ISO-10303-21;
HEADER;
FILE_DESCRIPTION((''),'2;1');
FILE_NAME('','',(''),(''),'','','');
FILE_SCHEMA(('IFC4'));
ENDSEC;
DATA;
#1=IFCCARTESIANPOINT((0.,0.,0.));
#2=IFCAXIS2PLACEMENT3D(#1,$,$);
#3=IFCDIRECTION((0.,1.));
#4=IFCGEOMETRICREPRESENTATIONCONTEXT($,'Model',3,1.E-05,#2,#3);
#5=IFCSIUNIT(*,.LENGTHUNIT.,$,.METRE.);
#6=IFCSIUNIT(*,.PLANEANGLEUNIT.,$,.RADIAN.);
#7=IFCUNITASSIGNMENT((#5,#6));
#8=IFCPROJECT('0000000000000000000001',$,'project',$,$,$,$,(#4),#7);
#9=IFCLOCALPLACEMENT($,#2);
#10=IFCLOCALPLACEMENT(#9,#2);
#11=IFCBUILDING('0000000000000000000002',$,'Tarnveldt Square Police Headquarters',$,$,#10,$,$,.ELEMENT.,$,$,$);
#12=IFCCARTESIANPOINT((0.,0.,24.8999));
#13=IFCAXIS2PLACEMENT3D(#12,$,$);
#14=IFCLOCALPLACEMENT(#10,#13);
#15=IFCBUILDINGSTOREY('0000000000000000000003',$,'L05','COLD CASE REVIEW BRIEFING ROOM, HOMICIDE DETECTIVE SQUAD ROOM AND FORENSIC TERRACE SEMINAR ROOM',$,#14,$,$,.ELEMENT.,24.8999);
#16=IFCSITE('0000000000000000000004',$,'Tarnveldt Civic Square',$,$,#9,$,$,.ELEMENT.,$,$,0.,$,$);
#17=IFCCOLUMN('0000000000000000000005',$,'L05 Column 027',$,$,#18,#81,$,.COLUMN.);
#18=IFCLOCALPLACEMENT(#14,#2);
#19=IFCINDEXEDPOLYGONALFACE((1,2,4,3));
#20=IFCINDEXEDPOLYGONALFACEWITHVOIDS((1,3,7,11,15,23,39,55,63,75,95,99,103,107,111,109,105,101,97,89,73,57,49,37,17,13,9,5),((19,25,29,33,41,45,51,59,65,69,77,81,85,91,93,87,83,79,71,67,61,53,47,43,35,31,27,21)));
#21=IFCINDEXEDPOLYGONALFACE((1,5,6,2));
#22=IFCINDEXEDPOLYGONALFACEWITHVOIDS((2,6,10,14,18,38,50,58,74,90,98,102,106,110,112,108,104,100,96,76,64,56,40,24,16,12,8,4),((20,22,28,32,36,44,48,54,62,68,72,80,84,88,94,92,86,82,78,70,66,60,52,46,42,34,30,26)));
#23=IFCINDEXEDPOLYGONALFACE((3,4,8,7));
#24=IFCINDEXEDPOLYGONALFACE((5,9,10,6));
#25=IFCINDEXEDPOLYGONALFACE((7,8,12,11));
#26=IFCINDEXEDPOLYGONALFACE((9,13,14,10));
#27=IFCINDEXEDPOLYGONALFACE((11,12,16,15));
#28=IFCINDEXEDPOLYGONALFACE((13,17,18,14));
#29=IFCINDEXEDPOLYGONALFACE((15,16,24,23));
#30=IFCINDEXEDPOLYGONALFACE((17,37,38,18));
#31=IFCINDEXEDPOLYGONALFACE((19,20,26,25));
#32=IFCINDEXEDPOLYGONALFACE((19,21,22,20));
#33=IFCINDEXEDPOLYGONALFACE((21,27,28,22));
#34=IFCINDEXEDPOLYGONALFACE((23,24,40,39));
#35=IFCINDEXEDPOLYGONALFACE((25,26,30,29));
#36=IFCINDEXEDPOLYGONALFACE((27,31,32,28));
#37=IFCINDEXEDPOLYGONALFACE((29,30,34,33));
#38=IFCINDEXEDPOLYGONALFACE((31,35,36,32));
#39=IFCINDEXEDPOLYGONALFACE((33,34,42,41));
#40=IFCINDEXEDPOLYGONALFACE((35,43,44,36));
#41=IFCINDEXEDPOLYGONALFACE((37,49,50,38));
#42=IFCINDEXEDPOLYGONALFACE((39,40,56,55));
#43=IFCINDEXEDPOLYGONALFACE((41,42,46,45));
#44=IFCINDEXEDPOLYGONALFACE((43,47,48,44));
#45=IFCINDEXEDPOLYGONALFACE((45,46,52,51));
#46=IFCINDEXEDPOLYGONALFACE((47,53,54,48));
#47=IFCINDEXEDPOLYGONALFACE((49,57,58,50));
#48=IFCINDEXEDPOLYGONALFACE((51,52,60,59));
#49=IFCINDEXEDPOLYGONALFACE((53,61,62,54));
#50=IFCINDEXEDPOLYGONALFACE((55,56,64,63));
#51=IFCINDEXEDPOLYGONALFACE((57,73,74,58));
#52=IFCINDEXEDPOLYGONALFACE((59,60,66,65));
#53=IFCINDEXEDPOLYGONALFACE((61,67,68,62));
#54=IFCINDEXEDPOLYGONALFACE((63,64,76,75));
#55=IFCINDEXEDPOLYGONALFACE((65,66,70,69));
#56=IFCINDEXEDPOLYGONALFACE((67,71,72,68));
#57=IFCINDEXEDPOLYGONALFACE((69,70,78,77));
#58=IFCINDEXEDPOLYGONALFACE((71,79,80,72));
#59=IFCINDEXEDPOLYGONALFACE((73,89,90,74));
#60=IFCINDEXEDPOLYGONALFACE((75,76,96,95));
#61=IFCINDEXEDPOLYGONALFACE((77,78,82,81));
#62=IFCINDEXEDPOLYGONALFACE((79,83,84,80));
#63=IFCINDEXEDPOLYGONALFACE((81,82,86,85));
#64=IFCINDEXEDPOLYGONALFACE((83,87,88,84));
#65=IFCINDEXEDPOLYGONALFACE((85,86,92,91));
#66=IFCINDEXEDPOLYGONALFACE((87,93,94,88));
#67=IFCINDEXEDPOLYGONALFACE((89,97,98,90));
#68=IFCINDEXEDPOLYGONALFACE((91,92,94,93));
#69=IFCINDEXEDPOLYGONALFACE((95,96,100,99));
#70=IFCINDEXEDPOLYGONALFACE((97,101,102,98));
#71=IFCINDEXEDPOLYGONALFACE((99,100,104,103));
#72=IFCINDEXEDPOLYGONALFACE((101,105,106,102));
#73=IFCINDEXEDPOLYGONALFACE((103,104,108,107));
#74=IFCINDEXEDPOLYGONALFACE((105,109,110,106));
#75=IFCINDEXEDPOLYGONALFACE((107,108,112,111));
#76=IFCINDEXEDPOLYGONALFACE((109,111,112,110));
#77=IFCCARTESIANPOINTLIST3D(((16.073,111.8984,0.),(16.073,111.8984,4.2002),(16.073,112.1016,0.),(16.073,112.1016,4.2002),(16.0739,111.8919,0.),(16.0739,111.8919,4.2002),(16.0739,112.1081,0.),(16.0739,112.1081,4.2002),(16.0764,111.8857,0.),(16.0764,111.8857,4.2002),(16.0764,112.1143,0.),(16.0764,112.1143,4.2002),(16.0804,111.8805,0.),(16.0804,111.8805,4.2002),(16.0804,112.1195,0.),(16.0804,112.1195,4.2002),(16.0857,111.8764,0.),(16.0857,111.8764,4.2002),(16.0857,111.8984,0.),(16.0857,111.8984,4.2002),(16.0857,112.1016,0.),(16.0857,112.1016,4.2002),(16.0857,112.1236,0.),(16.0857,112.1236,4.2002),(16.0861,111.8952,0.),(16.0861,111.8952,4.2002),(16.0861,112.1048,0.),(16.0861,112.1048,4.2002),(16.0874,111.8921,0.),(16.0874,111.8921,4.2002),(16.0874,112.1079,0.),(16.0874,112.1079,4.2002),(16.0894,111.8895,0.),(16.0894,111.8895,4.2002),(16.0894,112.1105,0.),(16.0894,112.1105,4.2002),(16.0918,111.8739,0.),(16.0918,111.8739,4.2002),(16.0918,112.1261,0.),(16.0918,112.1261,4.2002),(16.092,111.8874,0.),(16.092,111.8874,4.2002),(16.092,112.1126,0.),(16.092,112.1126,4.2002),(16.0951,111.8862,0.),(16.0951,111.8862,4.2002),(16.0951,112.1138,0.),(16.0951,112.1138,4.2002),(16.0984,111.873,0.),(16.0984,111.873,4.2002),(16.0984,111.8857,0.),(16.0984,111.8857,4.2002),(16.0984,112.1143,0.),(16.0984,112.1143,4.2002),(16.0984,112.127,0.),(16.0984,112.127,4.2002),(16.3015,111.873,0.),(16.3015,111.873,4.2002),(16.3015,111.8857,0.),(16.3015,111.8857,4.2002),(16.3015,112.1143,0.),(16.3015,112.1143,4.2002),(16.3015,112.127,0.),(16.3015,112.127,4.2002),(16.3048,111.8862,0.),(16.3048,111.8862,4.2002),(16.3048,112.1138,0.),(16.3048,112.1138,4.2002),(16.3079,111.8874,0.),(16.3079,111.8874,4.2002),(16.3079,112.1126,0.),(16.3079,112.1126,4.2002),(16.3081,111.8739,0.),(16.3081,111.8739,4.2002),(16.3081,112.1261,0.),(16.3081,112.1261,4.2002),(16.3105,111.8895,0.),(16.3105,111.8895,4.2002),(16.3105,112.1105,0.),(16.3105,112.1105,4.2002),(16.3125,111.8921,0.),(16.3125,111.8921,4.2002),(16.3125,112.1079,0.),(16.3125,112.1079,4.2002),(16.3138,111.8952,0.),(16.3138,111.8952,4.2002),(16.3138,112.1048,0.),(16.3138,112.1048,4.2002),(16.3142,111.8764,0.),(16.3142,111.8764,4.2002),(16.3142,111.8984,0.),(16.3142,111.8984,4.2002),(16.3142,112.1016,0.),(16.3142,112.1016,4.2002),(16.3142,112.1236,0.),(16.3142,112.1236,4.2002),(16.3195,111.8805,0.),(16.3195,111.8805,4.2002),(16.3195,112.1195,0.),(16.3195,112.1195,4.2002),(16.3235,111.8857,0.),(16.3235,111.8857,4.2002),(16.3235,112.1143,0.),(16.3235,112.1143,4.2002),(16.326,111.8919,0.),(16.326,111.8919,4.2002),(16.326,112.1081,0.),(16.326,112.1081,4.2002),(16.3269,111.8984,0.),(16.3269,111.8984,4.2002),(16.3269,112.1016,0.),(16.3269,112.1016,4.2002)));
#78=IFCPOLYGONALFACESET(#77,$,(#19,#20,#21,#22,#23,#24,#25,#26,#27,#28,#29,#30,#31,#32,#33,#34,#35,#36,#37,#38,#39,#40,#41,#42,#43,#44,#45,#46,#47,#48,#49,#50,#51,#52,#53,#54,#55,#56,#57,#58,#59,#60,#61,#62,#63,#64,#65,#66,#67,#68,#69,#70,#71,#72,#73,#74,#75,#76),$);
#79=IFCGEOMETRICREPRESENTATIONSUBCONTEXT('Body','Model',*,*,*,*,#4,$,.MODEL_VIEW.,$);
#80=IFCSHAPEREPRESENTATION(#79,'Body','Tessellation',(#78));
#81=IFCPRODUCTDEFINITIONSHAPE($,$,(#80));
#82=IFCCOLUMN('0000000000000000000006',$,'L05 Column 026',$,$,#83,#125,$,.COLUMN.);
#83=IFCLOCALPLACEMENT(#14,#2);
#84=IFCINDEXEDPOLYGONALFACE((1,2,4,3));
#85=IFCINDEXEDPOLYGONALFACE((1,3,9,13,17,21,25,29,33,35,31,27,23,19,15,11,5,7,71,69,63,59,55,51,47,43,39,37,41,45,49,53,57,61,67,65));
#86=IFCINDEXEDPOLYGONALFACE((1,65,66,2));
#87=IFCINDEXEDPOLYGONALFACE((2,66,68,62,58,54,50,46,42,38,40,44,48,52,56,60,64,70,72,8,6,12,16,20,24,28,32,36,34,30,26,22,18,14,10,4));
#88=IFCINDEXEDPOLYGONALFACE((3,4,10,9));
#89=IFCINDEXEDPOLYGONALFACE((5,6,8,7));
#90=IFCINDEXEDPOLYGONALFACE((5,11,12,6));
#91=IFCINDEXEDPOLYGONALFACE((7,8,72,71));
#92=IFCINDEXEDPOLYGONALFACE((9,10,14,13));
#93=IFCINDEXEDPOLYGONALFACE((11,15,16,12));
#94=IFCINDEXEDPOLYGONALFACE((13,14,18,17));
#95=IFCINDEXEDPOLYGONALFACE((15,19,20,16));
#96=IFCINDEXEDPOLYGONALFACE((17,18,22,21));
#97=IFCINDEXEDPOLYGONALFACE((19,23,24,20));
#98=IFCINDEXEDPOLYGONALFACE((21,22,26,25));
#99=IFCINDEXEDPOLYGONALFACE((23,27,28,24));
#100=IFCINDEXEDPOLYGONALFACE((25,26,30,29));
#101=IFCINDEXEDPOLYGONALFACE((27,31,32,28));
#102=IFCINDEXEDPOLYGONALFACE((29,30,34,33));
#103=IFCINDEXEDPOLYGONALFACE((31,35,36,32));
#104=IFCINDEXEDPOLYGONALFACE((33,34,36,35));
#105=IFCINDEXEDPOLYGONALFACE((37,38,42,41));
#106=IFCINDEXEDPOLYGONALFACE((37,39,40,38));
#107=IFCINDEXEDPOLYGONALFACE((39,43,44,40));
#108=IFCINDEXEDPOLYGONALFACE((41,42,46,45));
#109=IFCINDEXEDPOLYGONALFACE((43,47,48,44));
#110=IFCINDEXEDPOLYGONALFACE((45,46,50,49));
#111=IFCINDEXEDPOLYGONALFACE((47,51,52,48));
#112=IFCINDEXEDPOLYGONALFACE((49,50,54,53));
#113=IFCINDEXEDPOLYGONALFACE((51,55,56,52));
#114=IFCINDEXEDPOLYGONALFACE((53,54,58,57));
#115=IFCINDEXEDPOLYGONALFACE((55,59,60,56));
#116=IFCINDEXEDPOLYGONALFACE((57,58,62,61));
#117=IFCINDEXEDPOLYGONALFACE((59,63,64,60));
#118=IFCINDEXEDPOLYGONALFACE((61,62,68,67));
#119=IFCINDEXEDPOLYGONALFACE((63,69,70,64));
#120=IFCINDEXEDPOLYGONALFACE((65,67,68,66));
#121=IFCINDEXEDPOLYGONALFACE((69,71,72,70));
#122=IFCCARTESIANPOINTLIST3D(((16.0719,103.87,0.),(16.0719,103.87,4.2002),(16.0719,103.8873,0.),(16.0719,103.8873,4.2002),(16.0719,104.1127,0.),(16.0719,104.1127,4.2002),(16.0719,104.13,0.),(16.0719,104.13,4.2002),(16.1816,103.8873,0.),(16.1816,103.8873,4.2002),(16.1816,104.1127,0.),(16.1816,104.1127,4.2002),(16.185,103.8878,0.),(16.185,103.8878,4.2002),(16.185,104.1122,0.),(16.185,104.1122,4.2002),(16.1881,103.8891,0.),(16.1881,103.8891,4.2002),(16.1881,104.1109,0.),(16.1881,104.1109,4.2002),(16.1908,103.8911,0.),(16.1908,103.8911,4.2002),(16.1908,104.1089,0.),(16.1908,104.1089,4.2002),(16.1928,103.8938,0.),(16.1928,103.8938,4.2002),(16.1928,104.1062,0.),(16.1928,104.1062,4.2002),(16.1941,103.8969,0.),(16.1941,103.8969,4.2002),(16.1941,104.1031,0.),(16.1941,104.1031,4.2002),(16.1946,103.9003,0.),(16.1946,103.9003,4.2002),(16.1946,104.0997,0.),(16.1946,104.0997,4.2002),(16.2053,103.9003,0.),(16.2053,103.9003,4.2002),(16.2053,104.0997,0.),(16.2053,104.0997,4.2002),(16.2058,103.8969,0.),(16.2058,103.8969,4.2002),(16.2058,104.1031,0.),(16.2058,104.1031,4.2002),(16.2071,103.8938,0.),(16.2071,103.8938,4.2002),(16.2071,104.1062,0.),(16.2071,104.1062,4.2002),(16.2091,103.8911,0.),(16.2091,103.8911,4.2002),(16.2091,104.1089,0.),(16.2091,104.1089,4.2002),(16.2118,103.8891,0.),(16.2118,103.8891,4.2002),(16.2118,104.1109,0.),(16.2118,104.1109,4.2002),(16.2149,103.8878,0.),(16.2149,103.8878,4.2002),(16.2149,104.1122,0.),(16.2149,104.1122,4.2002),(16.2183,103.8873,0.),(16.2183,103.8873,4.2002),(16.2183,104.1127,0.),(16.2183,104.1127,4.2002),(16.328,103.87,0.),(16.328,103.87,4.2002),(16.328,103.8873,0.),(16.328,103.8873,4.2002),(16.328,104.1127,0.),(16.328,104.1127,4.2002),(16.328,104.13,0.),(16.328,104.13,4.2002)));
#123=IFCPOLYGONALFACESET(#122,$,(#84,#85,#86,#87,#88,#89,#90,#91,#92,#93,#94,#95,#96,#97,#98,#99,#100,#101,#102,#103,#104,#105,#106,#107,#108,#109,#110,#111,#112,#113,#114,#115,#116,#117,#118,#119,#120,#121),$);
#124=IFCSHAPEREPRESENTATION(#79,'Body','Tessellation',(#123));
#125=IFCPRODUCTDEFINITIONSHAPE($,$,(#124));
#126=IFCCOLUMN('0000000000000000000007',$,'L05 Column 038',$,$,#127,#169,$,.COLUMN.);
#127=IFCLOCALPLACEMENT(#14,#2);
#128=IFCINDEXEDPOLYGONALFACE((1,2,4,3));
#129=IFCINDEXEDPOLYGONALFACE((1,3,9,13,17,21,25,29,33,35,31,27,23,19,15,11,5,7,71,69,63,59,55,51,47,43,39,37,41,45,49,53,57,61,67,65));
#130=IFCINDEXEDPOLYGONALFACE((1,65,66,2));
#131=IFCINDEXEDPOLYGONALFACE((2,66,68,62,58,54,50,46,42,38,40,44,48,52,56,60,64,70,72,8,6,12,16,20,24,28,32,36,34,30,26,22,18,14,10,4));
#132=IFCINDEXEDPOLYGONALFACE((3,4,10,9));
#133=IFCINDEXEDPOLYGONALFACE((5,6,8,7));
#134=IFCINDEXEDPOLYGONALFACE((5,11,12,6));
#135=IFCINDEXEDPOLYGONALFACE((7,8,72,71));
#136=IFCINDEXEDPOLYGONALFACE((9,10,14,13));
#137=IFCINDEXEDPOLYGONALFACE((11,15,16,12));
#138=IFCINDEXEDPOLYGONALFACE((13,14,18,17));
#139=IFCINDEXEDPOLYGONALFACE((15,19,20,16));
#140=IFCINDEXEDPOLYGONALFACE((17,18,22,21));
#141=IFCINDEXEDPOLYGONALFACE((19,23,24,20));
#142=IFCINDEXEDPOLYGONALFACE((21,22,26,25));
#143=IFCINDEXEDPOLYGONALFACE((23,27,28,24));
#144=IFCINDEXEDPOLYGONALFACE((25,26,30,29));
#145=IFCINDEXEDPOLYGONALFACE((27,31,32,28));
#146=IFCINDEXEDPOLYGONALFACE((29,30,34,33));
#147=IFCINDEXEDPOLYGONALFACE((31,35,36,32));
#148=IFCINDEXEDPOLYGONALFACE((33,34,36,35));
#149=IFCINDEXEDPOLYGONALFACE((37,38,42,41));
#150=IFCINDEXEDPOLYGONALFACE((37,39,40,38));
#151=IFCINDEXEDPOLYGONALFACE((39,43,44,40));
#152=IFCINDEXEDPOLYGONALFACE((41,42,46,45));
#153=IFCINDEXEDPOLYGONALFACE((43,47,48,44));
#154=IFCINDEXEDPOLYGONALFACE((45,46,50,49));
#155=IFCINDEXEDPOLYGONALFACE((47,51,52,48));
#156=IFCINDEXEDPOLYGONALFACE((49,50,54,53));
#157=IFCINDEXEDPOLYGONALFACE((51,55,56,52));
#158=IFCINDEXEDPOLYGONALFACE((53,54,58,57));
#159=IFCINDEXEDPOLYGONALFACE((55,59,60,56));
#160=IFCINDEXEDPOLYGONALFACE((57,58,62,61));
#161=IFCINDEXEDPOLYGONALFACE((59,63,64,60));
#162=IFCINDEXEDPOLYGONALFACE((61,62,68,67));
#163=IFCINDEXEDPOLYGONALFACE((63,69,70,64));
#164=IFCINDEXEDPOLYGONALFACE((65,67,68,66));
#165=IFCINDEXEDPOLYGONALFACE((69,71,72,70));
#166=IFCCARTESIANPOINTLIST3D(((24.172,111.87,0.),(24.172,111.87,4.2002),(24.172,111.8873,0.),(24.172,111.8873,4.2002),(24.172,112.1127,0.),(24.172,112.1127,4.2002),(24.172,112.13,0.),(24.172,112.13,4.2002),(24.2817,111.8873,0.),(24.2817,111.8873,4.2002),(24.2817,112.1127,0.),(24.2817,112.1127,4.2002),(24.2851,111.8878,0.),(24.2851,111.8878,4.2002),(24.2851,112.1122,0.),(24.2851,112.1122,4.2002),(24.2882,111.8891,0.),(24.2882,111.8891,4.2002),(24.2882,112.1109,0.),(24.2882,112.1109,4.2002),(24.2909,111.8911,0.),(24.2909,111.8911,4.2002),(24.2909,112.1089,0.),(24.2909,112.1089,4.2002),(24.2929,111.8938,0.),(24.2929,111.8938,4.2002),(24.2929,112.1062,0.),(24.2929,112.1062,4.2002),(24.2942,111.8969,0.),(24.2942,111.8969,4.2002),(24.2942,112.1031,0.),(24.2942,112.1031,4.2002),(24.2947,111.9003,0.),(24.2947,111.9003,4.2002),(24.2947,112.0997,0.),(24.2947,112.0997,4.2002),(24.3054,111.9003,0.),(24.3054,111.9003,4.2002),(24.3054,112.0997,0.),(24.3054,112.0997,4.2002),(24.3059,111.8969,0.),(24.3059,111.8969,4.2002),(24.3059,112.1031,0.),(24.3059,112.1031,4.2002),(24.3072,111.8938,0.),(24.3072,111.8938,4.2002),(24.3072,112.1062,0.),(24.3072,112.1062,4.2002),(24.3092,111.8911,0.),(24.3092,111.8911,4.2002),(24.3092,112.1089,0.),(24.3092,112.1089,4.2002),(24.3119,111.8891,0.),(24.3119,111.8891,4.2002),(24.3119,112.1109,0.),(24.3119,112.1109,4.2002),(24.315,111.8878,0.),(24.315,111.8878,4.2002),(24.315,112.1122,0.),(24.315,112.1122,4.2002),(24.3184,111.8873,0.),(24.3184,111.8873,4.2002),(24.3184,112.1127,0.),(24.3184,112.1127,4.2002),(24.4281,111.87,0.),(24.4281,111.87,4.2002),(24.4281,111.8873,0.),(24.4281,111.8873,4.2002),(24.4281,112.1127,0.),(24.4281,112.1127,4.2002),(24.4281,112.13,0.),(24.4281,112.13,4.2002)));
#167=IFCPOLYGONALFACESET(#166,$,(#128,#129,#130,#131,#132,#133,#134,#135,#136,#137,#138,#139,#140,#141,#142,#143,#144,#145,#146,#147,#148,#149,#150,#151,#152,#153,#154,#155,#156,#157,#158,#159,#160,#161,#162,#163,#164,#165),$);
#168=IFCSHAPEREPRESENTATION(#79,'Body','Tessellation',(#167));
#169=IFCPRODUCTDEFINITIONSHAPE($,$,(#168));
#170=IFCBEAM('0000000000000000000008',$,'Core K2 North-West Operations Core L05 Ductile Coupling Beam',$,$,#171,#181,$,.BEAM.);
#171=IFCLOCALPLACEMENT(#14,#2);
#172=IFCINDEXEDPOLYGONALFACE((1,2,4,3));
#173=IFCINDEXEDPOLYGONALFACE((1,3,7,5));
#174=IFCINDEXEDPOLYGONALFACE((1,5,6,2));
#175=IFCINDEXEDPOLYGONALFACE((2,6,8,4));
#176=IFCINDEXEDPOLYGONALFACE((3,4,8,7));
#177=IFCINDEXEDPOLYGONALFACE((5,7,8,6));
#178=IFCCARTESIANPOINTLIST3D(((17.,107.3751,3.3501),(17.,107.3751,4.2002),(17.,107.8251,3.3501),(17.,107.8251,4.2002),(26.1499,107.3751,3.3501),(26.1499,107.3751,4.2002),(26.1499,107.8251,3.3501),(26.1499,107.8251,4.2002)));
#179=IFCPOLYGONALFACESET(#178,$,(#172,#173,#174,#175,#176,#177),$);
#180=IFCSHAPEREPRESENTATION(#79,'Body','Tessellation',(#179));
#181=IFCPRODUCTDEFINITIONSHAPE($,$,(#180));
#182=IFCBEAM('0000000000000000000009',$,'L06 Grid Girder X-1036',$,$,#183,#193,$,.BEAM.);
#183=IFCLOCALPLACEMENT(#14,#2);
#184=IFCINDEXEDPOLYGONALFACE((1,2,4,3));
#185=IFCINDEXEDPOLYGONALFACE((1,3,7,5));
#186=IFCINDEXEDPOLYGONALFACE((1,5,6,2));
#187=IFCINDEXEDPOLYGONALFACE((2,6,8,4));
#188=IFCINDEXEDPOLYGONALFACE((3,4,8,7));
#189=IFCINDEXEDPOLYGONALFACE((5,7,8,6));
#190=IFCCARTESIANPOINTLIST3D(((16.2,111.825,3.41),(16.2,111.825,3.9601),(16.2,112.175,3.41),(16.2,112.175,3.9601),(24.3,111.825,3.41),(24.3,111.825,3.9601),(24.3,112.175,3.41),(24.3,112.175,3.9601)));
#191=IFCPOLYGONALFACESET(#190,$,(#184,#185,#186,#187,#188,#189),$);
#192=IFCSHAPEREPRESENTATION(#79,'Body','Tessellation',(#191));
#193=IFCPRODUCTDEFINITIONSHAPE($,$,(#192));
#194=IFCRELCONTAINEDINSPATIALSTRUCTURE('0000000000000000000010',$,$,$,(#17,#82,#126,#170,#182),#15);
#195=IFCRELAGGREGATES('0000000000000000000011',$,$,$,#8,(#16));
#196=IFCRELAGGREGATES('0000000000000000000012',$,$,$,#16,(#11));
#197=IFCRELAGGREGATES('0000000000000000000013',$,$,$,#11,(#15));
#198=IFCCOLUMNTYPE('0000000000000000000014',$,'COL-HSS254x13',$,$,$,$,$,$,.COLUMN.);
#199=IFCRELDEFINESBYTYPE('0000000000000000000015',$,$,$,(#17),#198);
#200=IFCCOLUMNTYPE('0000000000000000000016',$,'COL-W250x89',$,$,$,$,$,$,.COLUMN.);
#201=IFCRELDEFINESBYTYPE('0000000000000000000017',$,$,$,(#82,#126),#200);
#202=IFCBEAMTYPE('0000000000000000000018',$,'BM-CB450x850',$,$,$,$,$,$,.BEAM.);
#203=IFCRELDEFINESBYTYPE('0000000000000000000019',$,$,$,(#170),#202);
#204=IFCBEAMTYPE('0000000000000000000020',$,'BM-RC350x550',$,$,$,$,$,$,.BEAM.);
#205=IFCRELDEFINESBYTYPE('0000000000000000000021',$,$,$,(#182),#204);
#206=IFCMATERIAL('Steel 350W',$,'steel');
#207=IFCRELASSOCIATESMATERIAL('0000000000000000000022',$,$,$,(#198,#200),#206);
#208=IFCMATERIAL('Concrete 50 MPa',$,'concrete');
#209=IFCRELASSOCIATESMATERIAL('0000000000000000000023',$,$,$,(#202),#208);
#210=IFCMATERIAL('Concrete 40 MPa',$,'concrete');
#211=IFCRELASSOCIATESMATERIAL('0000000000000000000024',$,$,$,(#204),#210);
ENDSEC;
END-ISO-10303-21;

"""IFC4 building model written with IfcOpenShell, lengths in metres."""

from ifc_helpers import new_model, si_unit, direction, frame, origin, origin_2d, place, context, subcontext, project, spatial, rectangle, hollow_rectangle, i_section, extrude, material, material_profile, profile_set, type_object, element, save


model = new_model("IFC4")

# Units and contexts
model_context = context("Model", 3, precision=1e-05, world=origin(), true_north=direction((0.0, 1.0)))
body_context = subcontext(model_context, "Body", "Model", "MODEL_VIEW")
ifc_project = project(units=[si_unit("LENGTHUNIT", "METRE"), si_unit("PLANEANGLEUNIT", "RADIAN")], contexts=[model_context])

# Site, building, storey
site_placement = place(None, origin())
site = spatial("IfcSite", under=ifc_project, at=site_placement, Name="Tarnveldt Civic Square", CompositionType="ELEMENT", RefElevation=0.0)
building_placement = place(site_placement, origin())
building = spatial("IfcBuilding", under=site, at=building_placement, Name="Tarnveldt Square Police Headquarters", CompositionType="ELEMENT")
storey_placement = place(building_placement, frame((0.0, 0.0, 24.8999)))
storey = spatial("IfcBuildingStorey", under=building, at=storey_placement, Name="L05", Description="COLD CASE REVIEW BRIEFING ROOM, HOMICIDE DETECTIVE SQUAD ROOM AND FORENSIC TERRACE SEMINAR ROOM", CompositionType="ELEMENT", Elevation=24.8999)

# Columns
ifc_material_1 = material(Name="Steel 350W", Category="steel")
ifc_material_profile_1 = material_profile(ifc_material_1, hollow_rectangle(XDim=0.2539, YDim=0.2539, WallThickness=0.0127, InnerFilletRadius=0.0127, OuterFilletRadius=0.0254, at=origin_2d()), Name="HSS254x254x13")
ifc_profile_set_1 = profile_set([ifc_material_profile_1], Name="Steel 350W")
column_type_1 = type_object("IfcColumnType", Name="COL-HSS254x13", PredefinedType="COLUMN", material=ifc_profile_set_1)
column_placement = place(storey_placement, frame((16.2, 112.0, 0.0), z_axis=(0.0, 0.0, 1.0), x_axis=(1.0, 0.0, 0.0)))
element("IfcColumn", 1, at=column_placement, inside=storey, type_object=column_type_1, Name="L05 Column 027", PredefinedType="COLUMN", context=body_context, shape_type="SweptSolid", body=[
    extrude(hollow_rectangle(XDim=0.2539, YDim=0.2539, WallThickness=0.0127, InnerFilletRadius=0.0127, OuterFilletRadius=0.0254, at=origin_2d()), origin(), (0.0, 0.0, 1.0), 4.2002),
])
ifc_material_profile_2 = material_profile(ifc_material_1, i_section(OverallWidth=0.2561, OverallDepth=0.26, WebThickness=0.0107, FlangeThickness=0.0173, FilletRadius=0.0129, at=origin_2d()), Name="W250x89")
ifc_profile_set_2 = profile_set([ifc_material_profile_2], Name="Steel 350W")
column_type_2 = type_object("IfcColumnType", Name="COL-W250x89", PredefinedType="COLUMN", material=ifc_profile_set_2)
for number, where, z_axis, x_axis, name in (
    (2, (16.2, 104.0, 0.0), (0.0, 0.0, 1.0), (1.0, 0.0, 0.0), "L05 Column 026"),
    (3, (24.3, 112.0, 0.0), (0.0, 0.0, 1.0), (1.0, 0.0, 0.0), "L05 Column 038"),
):
    element("IfcColumn", number, at=place(storey_placement, frame(where, z_axis=z_axis, x_axis=x_axis)), inside=storey, type_object=column_type_2, Name=name, PredefinedType="COLUMN", context=body_context, shape_type="SweptSolid", body=[
        extrude(i_section(OverallWidth=0.2561, OverallDepth=0.26, WebThickness=0.0107, FlangeThickness=0.0173, FilletRadius=0.0129, at=origin_2d()), origin(), (0.0, 0.0, 1.0), 4.2002),
    ])

# Beams
ifc_material_2 = material(Name="Concrete 50 MPa", Category="concrete")
ifc_material_profile_3 = material_profile(ifc_material_2, rectangle(XDim=0.45, YDim=0.8501, at=origin_2d()), Name="RC-CB450x850")
ifc_profile_set_3 = profile_set([ifc_material_profile_3], Name="Concrete 50 MPa")
beam_type_1 = type_object("IfcBeamType", Name="BM-CB450x850", PredefinedType="BEAM", material=ifc_profile_set_3)
beam_1_placement = place(storey_placement, frame((17.0, 107.6001, 3.7751), z_axis=(1.0, 0.0, 0.0), x_axis=(0.0, 1.0, 0.0)))
element("IfcBeam", 4, at=beam_1_placement, inside=storey, type_object=beam_type_1, Name="Core K2 North-West Operations Core L05 Ductile Coupling Beam", PredefinedType="BEAM", context=body_context, shape_type="SweptSolid", body=[
    extrude(rectangle(XDim=0.45, YDim=0.8501, at=origin_2d()), origin(), (0.0, 0.0, 1.0), 9.1499),
])
ifc_material_3 = material(Name="Concrete 40 MPa", Category="concrete")
ifc_material_profile_4 = material_profile(ifc_material_3, rectangle(XDim=0.3501, YDim=0.55, at=origin_2d()), Name="RC-B350x550")
ifc_profile_set_4 = profile_set([ifc_material_profile_4], Name="Concrete 40 MPa")
beam_type_2 = type_object("IfcBeamType", Name="BM-RC350x550", PredefinedType="BEAM", material=ifc_profile_set_4)
beam_2_placement = place(storey_placement, frame((16.2, 112.0, 3.6851), z_axis=(1.0, 0.0, 0.0), x_axis=(0.0, 1.0, 0.0)))
element("IfcBeam", 5, at=beam_2_placement, inside=storey, type_object=beam_type_2, Name="L06 Grid Girder X-1036", PredefinedType="BEAM", context=body_context, shape_type="SweptSolid", body=[
    extrude(rectangle(XDim=0.3501, YDim=0.55, at=origin_2d()), origin(), (0.0, 0.0, 1.0), 8.1001),
])

save(model, "model.ifc")
